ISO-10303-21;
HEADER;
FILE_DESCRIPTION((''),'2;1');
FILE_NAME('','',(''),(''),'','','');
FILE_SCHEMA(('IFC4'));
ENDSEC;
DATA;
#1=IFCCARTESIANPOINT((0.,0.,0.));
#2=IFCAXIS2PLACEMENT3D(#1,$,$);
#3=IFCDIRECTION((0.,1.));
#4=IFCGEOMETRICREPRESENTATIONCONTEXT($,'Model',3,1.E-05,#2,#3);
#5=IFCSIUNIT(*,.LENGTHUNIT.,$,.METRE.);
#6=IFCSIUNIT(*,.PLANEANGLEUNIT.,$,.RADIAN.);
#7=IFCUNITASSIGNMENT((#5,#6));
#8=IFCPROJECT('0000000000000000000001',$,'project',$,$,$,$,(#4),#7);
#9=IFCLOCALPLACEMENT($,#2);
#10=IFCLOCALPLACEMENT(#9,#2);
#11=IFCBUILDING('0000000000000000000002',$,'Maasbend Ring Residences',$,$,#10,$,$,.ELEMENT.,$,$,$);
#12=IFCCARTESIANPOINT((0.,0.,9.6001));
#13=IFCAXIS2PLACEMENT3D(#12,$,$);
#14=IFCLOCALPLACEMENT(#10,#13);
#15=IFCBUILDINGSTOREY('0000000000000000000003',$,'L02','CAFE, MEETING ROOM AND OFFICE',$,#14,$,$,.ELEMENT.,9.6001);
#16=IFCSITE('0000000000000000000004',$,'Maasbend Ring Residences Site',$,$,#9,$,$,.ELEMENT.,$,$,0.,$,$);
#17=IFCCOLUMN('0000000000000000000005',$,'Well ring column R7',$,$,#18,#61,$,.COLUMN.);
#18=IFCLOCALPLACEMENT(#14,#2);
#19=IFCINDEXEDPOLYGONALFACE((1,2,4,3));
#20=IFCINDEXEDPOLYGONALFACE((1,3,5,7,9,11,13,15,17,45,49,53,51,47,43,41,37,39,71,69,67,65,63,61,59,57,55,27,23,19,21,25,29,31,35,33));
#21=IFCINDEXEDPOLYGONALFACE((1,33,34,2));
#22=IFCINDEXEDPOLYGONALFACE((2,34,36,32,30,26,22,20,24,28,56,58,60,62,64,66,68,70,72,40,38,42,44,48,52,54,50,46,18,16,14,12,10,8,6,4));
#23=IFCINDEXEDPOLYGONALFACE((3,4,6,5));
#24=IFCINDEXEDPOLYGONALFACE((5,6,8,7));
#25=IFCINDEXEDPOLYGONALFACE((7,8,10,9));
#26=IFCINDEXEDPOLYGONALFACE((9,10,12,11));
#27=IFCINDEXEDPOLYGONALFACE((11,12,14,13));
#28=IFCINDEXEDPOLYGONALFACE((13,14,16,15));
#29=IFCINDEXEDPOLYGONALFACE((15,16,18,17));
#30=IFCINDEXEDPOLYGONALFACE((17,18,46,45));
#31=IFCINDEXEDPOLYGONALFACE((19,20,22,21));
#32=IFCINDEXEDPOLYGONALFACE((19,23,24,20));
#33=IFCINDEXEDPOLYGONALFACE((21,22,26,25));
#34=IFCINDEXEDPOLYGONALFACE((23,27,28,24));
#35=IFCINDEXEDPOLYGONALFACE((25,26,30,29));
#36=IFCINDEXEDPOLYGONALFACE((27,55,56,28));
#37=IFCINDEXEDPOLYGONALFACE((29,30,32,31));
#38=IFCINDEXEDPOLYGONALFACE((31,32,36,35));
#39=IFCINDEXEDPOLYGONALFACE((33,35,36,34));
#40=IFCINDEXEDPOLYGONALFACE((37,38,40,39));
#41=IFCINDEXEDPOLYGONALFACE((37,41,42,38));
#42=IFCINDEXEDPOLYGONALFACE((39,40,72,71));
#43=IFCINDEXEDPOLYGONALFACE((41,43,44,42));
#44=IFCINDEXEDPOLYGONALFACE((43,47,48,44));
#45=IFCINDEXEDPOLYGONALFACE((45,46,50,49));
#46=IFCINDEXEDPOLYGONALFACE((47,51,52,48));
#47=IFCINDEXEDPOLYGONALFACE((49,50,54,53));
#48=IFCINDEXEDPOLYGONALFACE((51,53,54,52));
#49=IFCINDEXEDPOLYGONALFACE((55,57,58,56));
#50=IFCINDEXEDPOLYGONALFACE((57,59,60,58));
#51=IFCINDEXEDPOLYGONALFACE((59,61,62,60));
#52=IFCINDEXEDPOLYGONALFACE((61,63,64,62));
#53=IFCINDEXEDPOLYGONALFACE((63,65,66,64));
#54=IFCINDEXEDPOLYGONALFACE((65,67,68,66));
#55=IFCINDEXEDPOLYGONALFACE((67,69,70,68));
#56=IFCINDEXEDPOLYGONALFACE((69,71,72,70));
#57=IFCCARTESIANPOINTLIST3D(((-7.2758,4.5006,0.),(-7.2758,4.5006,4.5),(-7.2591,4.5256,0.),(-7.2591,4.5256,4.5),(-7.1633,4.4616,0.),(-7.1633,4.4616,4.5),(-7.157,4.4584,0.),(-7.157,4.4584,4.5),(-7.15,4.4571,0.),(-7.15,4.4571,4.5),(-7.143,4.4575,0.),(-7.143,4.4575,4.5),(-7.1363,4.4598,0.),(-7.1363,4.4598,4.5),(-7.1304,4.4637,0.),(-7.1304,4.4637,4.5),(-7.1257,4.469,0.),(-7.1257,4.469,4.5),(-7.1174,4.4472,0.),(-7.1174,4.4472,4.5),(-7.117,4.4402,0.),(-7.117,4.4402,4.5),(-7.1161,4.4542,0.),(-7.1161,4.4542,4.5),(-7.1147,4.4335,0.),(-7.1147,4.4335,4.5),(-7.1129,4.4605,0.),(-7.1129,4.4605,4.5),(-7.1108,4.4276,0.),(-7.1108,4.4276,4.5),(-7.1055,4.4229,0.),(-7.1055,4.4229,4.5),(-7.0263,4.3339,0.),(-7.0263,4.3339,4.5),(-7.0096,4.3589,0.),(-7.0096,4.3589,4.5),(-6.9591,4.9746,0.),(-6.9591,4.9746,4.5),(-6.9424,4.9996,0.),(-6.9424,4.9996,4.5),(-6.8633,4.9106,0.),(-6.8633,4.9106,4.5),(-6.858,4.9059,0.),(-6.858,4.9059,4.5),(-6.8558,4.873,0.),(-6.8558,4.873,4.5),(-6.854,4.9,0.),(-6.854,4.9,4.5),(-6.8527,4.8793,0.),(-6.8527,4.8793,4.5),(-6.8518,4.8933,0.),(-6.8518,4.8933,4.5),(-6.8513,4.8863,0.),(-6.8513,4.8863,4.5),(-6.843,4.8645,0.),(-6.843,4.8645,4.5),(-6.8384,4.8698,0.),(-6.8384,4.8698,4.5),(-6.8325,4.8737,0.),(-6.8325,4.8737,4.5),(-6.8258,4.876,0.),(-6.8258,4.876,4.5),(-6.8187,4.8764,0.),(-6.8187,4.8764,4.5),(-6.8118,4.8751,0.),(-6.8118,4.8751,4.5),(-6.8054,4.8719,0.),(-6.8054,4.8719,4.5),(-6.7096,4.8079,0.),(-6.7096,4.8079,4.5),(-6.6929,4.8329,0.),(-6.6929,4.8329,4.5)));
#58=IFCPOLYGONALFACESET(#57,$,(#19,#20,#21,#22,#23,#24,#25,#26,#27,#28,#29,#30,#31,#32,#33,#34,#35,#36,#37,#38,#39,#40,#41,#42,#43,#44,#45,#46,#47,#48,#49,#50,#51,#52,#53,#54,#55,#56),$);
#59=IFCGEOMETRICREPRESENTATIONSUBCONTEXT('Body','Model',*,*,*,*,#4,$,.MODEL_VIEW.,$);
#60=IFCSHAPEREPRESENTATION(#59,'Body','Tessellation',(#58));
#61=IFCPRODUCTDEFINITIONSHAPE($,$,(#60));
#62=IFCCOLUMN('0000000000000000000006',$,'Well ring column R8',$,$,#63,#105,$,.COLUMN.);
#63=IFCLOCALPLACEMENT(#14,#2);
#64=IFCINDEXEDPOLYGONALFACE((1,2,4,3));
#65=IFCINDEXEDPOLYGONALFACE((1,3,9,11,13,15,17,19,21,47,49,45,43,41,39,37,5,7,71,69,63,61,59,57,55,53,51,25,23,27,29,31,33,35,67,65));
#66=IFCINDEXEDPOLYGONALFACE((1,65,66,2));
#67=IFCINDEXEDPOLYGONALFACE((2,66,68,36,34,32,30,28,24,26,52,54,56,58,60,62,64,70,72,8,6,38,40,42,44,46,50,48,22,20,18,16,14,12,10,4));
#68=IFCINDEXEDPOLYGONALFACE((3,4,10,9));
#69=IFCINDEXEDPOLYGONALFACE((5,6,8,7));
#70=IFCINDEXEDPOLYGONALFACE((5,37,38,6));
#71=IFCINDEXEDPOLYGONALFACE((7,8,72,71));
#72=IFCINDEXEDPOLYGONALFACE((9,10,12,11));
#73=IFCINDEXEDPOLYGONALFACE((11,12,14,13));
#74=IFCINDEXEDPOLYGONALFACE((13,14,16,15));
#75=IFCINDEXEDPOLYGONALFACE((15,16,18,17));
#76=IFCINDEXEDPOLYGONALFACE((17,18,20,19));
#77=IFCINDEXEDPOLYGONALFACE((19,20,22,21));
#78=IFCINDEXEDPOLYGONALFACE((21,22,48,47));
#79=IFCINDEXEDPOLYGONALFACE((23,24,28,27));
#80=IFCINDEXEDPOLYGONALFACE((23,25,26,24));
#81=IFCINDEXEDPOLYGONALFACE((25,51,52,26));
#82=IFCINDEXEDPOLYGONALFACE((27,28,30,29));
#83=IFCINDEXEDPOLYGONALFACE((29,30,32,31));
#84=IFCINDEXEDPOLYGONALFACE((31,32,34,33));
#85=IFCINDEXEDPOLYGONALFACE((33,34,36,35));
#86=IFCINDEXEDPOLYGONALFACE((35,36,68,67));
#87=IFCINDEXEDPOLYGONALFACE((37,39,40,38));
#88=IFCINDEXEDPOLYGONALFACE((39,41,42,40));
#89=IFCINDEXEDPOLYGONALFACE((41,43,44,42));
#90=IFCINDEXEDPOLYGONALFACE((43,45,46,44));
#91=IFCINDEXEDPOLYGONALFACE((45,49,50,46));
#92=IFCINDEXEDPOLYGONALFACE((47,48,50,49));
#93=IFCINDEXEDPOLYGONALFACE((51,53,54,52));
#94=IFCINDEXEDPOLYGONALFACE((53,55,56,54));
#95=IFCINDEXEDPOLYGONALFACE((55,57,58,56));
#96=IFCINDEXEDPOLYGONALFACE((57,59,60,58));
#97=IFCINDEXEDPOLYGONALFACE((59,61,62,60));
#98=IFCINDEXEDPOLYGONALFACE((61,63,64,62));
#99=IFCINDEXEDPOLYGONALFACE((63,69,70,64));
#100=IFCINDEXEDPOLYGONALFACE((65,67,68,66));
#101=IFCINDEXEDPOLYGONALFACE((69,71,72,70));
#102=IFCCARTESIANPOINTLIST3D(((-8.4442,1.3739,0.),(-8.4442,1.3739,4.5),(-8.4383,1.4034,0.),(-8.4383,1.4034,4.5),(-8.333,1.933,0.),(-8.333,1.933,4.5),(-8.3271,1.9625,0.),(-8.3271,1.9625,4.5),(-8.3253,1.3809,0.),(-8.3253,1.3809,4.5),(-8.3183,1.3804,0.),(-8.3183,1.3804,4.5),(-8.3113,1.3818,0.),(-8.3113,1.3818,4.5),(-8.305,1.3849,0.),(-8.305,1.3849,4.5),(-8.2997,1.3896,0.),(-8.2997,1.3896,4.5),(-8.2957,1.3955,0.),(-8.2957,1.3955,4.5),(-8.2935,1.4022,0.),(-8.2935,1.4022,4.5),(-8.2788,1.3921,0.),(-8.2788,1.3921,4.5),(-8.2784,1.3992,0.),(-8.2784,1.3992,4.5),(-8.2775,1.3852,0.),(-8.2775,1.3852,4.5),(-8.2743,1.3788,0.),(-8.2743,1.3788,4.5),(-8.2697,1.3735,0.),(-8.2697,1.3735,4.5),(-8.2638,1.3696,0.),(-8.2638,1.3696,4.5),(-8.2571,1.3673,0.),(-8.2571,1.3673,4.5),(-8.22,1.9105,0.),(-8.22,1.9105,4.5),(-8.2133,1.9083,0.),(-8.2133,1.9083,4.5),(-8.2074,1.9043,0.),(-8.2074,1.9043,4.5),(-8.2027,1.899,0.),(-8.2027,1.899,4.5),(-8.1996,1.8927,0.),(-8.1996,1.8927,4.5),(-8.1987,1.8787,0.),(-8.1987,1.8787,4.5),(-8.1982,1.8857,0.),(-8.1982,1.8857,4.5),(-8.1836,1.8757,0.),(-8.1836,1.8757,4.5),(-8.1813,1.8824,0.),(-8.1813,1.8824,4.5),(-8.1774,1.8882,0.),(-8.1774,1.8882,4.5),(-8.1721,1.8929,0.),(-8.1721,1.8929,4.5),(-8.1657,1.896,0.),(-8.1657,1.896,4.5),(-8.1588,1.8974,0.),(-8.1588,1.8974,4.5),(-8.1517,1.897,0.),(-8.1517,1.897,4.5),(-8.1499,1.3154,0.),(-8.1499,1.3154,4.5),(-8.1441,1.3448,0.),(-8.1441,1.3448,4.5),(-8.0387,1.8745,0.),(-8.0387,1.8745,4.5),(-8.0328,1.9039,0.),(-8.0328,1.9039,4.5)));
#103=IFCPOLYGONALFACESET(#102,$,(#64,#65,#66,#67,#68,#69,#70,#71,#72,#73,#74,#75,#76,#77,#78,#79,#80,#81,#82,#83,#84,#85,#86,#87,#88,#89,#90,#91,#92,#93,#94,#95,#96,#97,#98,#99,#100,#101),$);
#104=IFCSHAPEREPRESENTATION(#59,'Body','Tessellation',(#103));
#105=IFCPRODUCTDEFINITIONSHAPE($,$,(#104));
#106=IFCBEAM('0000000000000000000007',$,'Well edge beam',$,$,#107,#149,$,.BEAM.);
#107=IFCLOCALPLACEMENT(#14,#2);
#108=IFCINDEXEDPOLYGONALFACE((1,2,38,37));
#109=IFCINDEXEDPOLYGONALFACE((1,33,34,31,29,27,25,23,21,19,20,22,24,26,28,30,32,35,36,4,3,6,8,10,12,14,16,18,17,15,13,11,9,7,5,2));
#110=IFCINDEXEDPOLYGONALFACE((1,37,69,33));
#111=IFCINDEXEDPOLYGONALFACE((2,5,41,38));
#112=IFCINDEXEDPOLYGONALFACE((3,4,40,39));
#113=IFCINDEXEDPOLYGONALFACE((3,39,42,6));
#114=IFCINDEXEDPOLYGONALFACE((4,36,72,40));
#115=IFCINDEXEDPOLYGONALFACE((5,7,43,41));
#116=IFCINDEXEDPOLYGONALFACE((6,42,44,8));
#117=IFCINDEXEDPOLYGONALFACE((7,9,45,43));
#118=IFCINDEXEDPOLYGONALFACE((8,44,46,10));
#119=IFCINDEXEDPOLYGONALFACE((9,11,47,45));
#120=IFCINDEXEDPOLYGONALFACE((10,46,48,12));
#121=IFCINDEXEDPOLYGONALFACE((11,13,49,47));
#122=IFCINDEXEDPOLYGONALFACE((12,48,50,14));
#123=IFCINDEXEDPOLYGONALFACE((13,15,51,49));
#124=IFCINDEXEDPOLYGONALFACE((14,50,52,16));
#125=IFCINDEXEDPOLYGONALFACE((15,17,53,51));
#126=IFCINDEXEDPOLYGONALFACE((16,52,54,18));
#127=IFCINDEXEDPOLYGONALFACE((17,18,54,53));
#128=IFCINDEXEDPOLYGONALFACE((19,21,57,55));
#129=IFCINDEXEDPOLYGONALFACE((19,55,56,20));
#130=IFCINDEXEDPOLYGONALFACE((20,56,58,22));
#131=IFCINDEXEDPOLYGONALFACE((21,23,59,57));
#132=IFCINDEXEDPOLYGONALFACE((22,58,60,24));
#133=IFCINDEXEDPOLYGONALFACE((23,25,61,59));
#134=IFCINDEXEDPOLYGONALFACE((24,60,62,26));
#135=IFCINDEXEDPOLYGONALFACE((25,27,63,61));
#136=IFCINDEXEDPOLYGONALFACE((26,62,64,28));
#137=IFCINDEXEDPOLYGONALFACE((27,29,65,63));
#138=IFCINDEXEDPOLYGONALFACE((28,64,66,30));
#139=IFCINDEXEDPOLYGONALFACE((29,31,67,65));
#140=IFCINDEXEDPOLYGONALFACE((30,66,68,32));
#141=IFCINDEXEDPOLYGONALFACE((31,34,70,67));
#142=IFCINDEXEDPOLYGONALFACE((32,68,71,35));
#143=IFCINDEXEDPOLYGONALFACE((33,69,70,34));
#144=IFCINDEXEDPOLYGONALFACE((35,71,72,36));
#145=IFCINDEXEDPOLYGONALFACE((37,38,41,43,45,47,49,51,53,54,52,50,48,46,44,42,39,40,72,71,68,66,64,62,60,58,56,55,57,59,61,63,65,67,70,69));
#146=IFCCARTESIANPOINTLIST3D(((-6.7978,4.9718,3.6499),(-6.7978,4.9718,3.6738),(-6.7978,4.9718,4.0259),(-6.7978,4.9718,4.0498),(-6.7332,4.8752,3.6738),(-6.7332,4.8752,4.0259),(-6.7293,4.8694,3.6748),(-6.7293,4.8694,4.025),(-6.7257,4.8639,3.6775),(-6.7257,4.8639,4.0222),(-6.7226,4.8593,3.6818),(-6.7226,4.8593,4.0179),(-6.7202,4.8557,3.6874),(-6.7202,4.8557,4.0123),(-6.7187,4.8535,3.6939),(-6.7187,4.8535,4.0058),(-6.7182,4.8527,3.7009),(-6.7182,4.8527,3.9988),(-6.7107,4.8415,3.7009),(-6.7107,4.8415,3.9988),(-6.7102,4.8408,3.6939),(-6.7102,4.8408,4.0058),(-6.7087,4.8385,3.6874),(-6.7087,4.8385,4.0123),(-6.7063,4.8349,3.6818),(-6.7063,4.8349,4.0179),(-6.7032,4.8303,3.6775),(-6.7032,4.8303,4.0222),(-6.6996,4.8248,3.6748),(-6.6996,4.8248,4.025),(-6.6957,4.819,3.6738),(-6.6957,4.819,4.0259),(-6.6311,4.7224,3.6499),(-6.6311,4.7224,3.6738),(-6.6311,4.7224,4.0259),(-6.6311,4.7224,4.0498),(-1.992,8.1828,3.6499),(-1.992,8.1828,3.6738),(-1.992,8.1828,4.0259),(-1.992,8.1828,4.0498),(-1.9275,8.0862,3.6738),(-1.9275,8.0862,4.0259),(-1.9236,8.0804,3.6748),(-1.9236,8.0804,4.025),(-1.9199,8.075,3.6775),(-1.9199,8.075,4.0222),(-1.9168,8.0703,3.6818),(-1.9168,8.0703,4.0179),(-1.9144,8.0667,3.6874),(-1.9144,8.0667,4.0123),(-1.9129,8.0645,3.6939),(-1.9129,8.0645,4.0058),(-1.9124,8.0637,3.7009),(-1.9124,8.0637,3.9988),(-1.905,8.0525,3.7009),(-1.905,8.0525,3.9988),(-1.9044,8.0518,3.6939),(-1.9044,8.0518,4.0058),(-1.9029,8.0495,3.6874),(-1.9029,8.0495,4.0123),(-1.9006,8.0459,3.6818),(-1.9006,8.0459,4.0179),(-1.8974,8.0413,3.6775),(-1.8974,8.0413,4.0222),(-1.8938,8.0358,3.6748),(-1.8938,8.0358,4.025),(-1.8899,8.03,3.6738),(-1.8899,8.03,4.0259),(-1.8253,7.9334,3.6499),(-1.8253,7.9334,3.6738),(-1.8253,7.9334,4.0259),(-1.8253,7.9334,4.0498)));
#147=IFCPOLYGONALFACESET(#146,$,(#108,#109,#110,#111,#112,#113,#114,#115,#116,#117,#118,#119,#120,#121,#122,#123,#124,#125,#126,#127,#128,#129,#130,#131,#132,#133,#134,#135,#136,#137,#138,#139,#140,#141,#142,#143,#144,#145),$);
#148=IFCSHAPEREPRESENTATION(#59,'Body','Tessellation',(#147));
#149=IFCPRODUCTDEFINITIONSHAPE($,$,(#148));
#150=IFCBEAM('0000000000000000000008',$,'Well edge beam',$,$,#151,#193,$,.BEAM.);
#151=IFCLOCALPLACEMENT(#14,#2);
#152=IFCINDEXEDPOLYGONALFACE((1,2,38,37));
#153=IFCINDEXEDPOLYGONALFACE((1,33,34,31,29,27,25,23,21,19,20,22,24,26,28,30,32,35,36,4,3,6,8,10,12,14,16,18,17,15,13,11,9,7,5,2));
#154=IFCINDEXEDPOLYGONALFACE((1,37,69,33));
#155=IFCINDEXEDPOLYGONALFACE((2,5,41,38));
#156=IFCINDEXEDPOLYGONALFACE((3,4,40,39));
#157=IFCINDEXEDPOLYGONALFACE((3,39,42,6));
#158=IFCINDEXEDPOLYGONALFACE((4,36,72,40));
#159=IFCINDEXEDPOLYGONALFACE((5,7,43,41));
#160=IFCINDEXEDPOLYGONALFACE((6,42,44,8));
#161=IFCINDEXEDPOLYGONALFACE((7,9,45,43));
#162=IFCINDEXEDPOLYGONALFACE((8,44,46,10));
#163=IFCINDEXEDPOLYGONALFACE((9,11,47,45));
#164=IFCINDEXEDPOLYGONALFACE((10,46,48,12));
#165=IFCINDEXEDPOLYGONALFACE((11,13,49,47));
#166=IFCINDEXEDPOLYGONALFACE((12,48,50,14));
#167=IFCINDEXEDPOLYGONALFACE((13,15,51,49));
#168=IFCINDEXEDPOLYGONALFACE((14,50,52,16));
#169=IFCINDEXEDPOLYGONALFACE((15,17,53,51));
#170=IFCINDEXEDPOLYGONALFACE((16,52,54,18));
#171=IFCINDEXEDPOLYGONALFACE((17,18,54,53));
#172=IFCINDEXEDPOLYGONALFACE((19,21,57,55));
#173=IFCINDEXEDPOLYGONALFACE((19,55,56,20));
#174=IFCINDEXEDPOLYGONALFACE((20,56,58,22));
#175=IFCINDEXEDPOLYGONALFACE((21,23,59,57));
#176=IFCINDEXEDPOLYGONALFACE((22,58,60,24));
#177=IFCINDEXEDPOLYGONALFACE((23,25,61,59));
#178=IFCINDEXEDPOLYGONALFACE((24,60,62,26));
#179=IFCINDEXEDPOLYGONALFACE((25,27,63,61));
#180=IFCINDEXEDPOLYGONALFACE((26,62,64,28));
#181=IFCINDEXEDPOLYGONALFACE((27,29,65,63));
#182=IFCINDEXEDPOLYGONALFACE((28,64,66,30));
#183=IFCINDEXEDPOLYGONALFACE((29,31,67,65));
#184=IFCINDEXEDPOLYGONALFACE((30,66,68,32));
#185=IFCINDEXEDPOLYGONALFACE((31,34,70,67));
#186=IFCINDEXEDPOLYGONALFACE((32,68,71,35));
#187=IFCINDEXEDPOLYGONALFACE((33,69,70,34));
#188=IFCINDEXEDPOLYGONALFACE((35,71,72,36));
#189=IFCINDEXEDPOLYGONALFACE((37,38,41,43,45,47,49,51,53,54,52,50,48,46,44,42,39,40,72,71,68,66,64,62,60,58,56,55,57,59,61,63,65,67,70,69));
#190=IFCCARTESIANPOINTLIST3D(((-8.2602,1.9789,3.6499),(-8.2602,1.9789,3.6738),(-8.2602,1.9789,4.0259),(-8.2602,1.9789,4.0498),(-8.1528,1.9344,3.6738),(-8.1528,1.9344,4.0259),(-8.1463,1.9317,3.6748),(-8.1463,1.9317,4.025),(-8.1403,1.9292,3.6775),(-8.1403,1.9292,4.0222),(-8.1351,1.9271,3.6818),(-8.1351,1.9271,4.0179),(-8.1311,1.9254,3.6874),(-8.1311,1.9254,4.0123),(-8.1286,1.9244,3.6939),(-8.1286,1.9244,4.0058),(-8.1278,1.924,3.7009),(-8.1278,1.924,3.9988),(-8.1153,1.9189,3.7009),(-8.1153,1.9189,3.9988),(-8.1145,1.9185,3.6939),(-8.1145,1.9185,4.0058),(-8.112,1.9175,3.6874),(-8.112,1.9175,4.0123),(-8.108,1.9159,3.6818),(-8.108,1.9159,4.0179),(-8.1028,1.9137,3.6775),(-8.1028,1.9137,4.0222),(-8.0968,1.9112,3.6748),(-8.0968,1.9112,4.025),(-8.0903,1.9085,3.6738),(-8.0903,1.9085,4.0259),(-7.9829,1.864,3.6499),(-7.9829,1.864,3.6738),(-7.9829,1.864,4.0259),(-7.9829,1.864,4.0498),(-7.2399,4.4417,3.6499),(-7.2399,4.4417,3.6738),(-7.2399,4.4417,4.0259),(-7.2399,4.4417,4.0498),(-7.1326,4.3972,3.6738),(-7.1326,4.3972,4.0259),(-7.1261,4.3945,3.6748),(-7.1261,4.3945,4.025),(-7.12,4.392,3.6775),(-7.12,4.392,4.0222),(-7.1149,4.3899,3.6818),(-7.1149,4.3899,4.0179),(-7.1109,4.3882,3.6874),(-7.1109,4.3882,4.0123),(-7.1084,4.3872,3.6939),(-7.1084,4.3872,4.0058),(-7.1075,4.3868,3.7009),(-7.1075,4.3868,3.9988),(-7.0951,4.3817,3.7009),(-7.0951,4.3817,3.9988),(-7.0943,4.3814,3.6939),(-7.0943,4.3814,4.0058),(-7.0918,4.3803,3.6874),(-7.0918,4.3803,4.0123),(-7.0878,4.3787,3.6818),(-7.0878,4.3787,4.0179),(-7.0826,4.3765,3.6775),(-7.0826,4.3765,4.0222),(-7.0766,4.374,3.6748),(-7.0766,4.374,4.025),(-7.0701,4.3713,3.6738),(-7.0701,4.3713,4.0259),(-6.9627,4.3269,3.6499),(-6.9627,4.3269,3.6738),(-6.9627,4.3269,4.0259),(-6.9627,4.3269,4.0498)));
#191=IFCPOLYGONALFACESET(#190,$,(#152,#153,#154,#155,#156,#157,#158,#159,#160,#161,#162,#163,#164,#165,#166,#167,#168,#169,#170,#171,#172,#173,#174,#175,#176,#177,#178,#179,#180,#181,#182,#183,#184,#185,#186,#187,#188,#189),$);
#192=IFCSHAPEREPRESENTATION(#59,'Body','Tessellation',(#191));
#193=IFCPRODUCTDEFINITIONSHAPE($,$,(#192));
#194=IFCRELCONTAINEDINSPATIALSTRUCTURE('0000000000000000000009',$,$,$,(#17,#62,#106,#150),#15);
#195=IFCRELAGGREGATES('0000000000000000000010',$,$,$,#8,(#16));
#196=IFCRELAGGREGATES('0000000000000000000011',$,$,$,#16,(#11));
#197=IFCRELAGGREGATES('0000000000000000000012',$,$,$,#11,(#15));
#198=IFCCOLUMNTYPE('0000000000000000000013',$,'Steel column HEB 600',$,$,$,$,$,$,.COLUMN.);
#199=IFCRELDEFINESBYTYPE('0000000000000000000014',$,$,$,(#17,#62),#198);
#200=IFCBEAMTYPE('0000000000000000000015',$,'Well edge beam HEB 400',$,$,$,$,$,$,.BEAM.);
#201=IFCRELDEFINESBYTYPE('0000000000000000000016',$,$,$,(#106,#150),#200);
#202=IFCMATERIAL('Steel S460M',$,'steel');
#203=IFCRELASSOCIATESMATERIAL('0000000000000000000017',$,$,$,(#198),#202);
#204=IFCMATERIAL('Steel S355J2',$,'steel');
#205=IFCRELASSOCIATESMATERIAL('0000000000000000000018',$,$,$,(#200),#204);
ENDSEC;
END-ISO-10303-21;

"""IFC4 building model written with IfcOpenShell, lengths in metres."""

from ifc_helpers import new_model, si_unit, direction, frame, origin, origin_2d, place, context, subcontext, project, spatial, i_section, extrude, material, material_profile, profile_set, type_object, element, save


model = new_model("IFC4")

# Units and contexts
model_context = context("Model", 3, precision=1e-05, world=origin(), true_north=direction((0.0, 1.0)))
body_context = subcontext(model_context, "Body", "Model", "MODEL_VIEW")
ifc_project = project(units=[si_unit("LENGTHUNIT", "METRE"), si_unit("PLANEANGLEUNIT", "RADIAN")], contexts=[model_context])

# Site, building, storey
site_placement = place(None, origin())
site = spatial("IfcSite", under=ifc_project, at=site_placement, Name="Maasbend Ring Residences Site", CompositionType="ELEMENT", RefElevation=0.0)
building_placement = place(site_placement, origin())
building = spatial("IfcBuilding", under=site, at=building_placement, Name="Maasbend Ring Residences", CompositionType="ELEMENT")
storey_placement = place(building_placement, frame((0.0, 0.0, 9.6001)))
storey = spatial("IfcBuildingStorey", under=building, at=storey_placement, Name="L02", Description="CAFE, MEETING ROOM AND OFFICE", CompositionType="ELEMENT", Elevation=9.6001)

# Columns
ifc_material_1 = material(Name="Steel S460M", Category="steel")
ifc_material_profile_1 = material_profile(ifc_material_1, i_section(OverallWidth=0.3, OverallDepth=0.6001, WebThickness=0.0154, FlangeThickness=0.03, FilletRadius=0.0271, at=origin_2d()), Name="HEB 600")
ifc_profile_set_1 = profile_set([ifc_material_profile_1], Name="Steel S460M")
column_type = type_object("IfcColumnType", Name="Steel column HEB 600", PredefinedType="COLUMN", material=ifc_profile_set_1)
for number, where, z_axis, x_axis, name in (
    (1, (-6.9844, 4.6667, 0.0), (0.0, 0.0, 1.0), (-0.83147, 0.55557, 0.0), "Well ring column R7"),
    (2, (-8.2385, 1.6389, 0.0), (0.0, 0.0, 1.0), (-0.980785, 0.19509, 0.0), "Well ring column R8"),
):
    element("IfcColumn", number, at=place(storey_placement, frame(where, z_axis=z_axis, x_axis=x_axis)), inside=storey, type_object=column_type, Name=name, PredefinedType="COLUMN", context=body_context, shape_type="SweptSolid", body=[
        extrude(i_section(OverallWidth=0.3, OverallDepth=0.6001, WebThickness=0.0154, FlangeThickness=0.03, FilletRadius=0.0271, at=origin_2d()), origin(), (0.0, 0.0, 1.0), 4.5),
    ])

# Beams
ifc_material_2 = material(Name="Steel S355J2", Category="steel")
ifc_material_profile_2 = material_profile(ifc_material_2, i_section(OverallWidth=0.3, OverallDepth=0.3999, WebThickness=0.0134, FlangeThickness=0.0239, FilletRadius=0.0271, at=origin_2d()), Name="HEB 400")
ifc_profile_set_2 = profile_set([ifc_material_profile_2], Name="Steel S355J2")
beam_type = type_object("IfcBeamType", Name="Well edge beam HEB 400", PredefinedType="BEAM", material=ifc_profile_set_2)
beam_1_placement = place(storey_placement, frame((-1.9087, 8.0581, 3.8499), z_axis=(-0.831478, -0.555558, 0.0), x_axis=(0.555558, -0.831478, 0.0)))
element("IfcBeam", 3, at=beam_1_placement, inside=storey, type_object=beam_type, Name="Well edge beam", PredefinedType="BEAM", context=body_context, shape_type="SweptSolid", body=[
    extrude(i_section(OverallWidth=0.3, OverallDepth=0.3999, WebThickness=0.0134, FlangeThickness=0.0239, FilletRadius=0.0271, at=origin_2d()), origin(), (0.0, 0.0, 1.0), 5.7798),
])
beam_2_placement = place(storey_placement, frame((-7.1013, 4.3843, 3.8499), z_axis=(-0.382716, -0.923866, 0.0), x_axis=(0.923866, -0.382716, 0.0)))
element("IfcBeam", 4, at=beam_2_placement, inside=storey, type_object=beam_type, Name="Well edge beam", PredefinedType="BEAM", context=body_context, shape_type="SweptSolid", body=[
    extrude(i_section(OverallWidth=0.3, OverallDepth=0.3999, WebThickness=0.0134, FlangeThickness=0.0239, FilletRadius=0.0271, at=origin_2d()), origin(), (0.0, 0.0, 1.0), 2.6658),
])

save(model, "model.ifc")
